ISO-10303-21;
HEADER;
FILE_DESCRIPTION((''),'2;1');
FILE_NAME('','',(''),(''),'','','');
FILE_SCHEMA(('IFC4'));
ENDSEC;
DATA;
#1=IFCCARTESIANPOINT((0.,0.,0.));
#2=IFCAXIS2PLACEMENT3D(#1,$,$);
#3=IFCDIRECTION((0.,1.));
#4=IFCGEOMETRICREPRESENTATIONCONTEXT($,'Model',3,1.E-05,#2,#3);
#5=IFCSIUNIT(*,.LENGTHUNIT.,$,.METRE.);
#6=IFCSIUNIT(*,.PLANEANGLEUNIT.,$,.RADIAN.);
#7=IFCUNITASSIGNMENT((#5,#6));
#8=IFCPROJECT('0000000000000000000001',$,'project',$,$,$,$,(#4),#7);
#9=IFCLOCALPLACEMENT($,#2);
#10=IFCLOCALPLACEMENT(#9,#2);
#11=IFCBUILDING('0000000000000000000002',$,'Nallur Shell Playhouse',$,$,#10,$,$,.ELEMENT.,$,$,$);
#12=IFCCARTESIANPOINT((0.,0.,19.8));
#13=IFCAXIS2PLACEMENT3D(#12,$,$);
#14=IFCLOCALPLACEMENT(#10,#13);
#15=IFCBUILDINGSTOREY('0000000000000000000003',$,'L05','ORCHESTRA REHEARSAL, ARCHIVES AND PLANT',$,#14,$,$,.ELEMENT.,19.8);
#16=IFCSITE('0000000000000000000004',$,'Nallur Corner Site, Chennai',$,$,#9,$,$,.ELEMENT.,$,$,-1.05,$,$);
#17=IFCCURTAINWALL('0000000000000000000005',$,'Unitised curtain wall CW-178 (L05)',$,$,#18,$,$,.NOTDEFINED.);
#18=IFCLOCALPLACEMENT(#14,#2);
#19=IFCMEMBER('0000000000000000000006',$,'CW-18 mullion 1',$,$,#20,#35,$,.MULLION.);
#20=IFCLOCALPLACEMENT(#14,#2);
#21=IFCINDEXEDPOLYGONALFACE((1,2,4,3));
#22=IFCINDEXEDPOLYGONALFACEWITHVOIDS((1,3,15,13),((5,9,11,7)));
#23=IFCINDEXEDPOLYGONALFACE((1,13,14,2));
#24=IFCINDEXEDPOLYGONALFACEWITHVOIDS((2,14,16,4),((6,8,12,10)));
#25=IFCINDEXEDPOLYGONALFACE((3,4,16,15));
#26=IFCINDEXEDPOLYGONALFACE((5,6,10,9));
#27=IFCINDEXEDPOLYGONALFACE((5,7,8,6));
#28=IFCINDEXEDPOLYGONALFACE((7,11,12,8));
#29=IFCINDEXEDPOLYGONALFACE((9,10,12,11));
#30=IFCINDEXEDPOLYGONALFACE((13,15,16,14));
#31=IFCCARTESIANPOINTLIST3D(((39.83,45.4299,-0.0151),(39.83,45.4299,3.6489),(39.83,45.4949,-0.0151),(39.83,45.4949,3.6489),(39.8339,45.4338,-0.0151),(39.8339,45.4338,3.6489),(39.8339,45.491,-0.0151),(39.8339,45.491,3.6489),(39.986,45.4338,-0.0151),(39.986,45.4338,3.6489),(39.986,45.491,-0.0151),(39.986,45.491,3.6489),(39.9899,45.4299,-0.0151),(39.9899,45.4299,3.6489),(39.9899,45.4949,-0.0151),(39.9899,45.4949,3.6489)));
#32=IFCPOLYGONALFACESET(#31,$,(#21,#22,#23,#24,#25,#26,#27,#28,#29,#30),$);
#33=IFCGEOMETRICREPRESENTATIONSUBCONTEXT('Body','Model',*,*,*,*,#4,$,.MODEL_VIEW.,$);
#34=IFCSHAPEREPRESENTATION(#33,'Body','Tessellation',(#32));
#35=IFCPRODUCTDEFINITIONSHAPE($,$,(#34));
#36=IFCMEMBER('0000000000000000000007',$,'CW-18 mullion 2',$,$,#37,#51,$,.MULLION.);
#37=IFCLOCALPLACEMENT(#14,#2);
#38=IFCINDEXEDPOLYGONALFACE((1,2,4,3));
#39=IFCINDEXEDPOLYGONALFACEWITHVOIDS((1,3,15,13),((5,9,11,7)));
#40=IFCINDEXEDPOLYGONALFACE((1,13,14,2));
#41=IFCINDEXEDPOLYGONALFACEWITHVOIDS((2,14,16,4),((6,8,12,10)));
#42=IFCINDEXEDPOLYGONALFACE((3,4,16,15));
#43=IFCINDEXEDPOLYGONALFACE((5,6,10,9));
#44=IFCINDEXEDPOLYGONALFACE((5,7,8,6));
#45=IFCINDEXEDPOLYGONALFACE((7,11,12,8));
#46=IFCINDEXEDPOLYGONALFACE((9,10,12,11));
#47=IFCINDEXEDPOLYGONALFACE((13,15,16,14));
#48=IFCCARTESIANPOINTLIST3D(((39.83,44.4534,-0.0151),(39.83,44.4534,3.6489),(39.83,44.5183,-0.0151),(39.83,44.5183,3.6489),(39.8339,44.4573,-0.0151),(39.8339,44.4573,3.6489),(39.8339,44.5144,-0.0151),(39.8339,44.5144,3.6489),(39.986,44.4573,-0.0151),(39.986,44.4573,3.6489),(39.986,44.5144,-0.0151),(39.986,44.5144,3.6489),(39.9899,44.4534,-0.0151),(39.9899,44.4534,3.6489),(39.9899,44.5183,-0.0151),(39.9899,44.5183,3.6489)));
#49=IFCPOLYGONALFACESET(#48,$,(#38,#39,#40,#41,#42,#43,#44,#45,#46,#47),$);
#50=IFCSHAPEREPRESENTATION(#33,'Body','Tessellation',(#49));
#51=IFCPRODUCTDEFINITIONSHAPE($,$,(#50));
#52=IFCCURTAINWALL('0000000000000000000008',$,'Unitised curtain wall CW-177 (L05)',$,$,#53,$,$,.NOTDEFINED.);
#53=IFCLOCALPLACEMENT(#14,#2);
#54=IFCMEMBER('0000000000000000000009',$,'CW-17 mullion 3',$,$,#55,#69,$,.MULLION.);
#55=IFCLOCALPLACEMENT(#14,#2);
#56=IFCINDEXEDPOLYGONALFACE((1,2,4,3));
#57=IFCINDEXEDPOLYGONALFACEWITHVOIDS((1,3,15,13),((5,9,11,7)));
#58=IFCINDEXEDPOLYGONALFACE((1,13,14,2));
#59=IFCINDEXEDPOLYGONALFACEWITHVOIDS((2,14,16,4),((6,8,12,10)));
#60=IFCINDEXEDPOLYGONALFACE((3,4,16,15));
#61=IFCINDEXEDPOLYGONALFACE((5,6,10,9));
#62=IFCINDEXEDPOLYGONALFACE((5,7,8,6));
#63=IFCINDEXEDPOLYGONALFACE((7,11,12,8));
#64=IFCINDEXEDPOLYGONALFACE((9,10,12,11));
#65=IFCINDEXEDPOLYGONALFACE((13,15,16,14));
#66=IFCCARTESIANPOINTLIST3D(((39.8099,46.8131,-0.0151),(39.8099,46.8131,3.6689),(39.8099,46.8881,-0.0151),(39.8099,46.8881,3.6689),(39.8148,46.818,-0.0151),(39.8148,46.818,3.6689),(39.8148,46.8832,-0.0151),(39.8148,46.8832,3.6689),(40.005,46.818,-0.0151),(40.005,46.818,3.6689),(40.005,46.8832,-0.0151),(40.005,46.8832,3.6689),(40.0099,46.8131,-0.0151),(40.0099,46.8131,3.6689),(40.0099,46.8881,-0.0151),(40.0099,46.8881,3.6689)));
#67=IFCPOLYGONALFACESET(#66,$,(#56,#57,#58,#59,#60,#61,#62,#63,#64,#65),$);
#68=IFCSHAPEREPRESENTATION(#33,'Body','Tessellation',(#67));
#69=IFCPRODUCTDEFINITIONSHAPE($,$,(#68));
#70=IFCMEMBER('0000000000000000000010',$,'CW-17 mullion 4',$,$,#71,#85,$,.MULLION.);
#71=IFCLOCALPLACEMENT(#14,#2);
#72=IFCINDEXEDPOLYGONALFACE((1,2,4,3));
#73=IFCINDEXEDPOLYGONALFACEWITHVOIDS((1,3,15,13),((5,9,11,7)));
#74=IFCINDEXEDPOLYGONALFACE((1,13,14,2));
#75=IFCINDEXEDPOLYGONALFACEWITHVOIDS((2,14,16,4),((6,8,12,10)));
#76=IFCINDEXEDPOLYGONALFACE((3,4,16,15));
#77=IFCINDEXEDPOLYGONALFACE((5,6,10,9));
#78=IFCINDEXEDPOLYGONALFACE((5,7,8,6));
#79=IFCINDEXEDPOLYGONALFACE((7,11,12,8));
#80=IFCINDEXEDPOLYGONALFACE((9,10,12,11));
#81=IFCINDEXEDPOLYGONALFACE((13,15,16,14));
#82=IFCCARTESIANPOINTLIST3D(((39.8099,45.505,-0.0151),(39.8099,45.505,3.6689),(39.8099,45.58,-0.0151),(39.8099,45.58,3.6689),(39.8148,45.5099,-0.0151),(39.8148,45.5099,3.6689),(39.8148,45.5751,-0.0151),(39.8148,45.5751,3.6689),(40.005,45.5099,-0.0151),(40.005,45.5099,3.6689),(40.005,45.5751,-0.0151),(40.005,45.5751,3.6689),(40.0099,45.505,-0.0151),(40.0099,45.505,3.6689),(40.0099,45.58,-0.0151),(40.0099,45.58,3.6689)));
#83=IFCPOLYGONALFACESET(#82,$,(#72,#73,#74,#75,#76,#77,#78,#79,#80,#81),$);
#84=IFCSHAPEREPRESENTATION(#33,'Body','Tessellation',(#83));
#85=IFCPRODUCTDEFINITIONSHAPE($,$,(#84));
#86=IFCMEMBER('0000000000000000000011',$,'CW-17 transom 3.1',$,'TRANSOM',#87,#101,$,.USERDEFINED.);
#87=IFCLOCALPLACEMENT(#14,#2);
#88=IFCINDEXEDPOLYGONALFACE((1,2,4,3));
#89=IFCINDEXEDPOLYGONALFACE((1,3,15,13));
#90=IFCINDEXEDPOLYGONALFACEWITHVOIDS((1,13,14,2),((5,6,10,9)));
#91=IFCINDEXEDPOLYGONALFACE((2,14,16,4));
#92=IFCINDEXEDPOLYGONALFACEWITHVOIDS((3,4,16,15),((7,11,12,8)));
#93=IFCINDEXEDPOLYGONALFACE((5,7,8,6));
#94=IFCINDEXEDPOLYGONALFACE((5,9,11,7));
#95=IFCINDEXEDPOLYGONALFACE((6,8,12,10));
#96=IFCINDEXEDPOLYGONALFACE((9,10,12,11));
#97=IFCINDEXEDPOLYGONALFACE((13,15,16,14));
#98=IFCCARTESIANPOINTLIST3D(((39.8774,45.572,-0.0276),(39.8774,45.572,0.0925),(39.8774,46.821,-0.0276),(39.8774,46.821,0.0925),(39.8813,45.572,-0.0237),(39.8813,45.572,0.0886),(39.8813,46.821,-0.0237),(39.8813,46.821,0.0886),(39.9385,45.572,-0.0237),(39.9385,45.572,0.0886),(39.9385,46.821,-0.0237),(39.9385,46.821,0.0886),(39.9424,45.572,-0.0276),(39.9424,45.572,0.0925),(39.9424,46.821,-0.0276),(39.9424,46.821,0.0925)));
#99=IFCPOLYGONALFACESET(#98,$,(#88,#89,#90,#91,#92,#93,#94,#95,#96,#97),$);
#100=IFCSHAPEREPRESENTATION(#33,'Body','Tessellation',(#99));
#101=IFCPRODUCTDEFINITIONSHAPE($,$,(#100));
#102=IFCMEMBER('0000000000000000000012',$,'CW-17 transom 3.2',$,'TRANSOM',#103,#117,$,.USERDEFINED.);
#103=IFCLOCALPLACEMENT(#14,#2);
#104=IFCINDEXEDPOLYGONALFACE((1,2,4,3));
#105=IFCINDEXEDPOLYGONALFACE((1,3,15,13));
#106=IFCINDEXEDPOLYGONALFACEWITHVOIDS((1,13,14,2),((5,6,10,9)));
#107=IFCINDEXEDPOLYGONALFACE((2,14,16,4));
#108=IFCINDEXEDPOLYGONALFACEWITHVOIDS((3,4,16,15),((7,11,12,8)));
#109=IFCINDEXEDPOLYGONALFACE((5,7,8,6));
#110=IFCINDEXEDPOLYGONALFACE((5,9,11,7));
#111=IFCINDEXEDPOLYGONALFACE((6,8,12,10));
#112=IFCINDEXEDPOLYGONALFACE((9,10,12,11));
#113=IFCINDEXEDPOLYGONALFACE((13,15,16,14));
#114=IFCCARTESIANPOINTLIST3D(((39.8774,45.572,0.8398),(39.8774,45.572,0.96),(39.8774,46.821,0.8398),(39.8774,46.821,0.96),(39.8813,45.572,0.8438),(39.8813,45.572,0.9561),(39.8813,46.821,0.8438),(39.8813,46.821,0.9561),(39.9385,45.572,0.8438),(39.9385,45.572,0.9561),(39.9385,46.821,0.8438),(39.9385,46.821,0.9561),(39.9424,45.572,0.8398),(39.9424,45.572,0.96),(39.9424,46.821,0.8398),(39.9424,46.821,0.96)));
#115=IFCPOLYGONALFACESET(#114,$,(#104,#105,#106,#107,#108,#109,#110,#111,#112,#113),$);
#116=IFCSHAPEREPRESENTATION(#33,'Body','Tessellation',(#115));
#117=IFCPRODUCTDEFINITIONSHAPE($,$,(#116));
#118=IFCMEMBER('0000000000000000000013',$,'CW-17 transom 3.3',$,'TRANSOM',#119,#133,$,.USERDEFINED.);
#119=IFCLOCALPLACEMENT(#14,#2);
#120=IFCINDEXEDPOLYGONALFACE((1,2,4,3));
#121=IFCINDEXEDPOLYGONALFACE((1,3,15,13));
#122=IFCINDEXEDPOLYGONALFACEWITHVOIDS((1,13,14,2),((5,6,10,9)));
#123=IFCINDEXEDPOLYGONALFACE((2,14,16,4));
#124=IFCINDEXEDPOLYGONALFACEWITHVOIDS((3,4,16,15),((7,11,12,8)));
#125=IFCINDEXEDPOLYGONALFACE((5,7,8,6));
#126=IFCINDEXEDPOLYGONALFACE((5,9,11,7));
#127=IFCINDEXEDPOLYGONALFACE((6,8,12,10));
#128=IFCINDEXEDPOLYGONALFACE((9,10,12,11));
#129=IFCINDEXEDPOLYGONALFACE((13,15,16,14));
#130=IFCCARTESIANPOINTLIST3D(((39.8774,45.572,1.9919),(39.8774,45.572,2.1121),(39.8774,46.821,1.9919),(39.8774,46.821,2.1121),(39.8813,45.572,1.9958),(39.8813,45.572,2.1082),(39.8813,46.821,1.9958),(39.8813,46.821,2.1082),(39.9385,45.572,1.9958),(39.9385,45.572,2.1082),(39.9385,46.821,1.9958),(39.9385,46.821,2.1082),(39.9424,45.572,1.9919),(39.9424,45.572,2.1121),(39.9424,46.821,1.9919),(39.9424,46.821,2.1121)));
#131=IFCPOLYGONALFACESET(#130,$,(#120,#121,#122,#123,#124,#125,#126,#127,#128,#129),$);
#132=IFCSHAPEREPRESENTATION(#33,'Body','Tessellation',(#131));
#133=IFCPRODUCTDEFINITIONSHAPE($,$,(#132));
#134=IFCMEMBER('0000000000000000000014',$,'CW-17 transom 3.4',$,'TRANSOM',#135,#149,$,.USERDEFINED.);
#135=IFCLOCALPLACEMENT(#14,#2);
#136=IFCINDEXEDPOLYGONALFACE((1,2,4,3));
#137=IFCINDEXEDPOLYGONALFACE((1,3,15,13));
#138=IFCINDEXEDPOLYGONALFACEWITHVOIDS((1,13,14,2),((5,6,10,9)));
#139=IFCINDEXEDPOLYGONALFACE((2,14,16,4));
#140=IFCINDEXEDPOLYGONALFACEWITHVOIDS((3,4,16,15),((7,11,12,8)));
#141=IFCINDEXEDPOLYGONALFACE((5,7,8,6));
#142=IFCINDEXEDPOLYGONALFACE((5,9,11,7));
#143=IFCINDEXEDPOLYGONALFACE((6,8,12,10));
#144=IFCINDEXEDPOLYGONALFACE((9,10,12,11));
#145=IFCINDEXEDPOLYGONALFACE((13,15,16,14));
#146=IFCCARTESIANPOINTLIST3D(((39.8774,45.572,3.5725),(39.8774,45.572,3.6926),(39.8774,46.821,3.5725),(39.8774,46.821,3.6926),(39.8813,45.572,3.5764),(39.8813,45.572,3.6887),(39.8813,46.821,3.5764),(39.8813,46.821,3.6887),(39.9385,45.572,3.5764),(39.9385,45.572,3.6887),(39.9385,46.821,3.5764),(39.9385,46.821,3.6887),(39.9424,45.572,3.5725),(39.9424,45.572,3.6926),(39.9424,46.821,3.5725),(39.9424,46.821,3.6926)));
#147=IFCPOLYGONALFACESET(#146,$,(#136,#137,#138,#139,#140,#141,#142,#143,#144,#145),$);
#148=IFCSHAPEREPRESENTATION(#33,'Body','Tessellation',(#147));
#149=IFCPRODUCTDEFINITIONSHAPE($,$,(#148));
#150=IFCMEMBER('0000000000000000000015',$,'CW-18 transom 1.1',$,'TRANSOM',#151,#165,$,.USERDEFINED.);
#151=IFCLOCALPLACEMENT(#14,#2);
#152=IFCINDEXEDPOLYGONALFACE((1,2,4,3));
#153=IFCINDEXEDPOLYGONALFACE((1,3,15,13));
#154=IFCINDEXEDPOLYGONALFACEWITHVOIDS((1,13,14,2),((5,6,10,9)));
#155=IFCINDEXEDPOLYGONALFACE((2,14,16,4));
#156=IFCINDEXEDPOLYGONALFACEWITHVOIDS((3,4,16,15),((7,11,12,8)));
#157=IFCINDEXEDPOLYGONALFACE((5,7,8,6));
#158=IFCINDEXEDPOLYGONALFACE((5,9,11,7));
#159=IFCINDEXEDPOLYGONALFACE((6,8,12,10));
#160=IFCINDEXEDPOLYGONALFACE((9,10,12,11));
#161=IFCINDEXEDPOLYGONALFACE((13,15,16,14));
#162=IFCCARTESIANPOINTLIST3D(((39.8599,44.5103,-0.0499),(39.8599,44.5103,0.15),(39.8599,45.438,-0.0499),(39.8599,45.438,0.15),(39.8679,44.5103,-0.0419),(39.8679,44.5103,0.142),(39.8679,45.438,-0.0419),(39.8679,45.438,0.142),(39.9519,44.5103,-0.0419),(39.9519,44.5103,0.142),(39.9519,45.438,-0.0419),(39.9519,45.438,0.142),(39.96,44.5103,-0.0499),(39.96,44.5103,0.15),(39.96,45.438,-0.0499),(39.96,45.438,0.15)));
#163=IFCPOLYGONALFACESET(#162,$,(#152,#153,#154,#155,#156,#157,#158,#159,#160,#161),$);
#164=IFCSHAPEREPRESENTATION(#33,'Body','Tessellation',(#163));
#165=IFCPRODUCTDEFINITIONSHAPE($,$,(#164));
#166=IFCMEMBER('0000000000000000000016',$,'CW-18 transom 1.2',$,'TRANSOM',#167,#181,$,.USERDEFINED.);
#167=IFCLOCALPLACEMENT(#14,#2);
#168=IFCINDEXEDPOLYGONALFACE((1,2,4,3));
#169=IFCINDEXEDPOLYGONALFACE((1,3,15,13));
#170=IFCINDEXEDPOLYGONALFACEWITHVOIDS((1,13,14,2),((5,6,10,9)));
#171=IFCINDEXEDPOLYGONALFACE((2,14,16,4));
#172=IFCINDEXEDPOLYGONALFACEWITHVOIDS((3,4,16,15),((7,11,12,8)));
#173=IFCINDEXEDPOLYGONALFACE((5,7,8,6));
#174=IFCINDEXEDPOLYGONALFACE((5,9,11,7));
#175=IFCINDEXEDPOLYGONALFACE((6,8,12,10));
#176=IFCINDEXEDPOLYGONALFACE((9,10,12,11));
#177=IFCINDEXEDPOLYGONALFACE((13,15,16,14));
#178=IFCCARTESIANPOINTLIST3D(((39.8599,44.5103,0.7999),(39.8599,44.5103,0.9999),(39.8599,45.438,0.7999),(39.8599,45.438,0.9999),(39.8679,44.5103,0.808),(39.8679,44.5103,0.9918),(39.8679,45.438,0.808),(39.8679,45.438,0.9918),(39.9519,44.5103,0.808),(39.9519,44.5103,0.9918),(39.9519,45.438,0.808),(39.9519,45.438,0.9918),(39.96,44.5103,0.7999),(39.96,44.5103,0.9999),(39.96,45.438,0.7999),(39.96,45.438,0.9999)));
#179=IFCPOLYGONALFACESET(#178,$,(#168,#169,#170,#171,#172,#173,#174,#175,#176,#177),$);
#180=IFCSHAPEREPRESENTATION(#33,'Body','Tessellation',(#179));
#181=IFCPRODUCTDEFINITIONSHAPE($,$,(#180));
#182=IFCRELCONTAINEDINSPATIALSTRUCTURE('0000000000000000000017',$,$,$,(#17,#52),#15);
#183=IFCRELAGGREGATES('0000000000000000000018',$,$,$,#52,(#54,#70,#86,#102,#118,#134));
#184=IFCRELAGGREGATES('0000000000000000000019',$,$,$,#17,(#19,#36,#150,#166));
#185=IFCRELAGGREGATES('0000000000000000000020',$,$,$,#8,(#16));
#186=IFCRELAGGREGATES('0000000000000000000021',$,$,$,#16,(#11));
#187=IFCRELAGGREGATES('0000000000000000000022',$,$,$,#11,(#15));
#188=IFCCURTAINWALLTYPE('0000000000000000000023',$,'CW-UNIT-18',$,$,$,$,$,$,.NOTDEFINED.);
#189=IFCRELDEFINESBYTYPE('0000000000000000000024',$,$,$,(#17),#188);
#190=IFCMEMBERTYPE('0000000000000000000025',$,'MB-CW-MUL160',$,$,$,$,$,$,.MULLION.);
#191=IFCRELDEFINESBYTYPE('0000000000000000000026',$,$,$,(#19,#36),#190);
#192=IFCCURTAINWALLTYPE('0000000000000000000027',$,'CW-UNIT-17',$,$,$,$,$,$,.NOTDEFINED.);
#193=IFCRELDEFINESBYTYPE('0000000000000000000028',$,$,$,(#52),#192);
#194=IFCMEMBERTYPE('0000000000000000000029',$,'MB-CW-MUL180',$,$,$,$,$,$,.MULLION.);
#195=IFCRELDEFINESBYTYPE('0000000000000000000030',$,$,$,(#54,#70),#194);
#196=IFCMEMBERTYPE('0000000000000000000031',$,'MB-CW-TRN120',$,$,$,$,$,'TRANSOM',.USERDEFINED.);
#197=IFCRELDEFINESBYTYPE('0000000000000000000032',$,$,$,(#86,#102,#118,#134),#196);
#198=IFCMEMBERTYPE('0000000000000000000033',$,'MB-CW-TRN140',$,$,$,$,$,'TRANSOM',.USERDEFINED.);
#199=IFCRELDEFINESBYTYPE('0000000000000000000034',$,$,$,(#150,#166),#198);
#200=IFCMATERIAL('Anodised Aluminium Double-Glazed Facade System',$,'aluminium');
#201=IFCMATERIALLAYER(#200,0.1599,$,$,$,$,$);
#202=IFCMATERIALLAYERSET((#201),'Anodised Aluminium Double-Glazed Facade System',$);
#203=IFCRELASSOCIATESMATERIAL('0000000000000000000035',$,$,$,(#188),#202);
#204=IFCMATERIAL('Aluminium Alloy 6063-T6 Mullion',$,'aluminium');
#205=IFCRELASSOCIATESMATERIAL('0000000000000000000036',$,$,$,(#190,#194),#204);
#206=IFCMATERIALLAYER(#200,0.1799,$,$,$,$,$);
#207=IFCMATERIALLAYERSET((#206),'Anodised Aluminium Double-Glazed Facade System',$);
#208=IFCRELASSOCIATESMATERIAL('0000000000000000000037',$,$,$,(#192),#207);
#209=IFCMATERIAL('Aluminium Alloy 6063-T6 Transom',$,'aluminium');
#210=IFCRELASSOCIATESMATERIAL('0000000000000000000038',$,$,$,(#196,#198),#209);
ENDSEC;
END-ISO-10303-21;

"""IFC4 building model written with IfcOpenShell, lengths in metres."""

from ifc_helpers import new_model, si_unit, direction, frame, origin, origin_2d, place, context, subcontext, project, spatial, hollow_rectangle, extrude, material, layer, layer_set, material_profile, profile_set, type_object, element, aggregate, save


model = new_model("IFC4")

# Units and contexts
model_context = context("Model", 3, precision=1e-05, world=origin(), true_north=direction((0.0, 1.0)))
body_context = subcontext(model_context, "Body", "Model", "MODEL_VIEW")
ifc_project = project(units=[si_unit("LENGTHUNIT", "METRE"), si_unit("PLANEANGLEUNIT", "RADIAN")], contexts=[model_context])

# Site, building, storey
site_placement = place(None, origin())
site = spatial("IfcSite", under=ifc_project, at=site_placement, Name="Nallur Corner Site, Chennai", CompositionType="ELEMENT", RefElevation=-1.05)
building_placement = place(site_placement, origin())
building = spatial("IfcBuilding", under=site, at=building_placement, Name="Nallur Shell Playhouse", CompositionType="ELEMENT")
storey_placement = place(building_placement, frame((0.0, 0.0, 19.8)))
storey = spatial("IfcBuildingStorey", under=building, at=storey_placement, Name="L05", Description="ORCHESTRA REHEARSAL, ARCHIVES AND PLANT", CompositionType="ELEMENT", Elevation=19.8)

# Curtain walls, members
ifc_material_1 = material(Name="Anodised Aluminium Double-Glazed Facade System", Category="aluminium")
ifc_layer_1 = layer(ifc_material_1, 0.1599)
ifc_layer_set_1 = layer_set([ifc_layer_1], Name="Anodised Aluminium Double-Glazed Facade System")
curtain_wall_type_1 = type_object("IfcCurtainWallType", Name="CW-UNIT-18", PredefinedType="NOTDEFINED", material=ifc_layer_set_1)
curtain_wall_1_placement = place(storey_placement, origin())
curtain_wall_1 = element("IfcCurtainWall", 1, at=curtain_wall_1_placement, inside=storey, type_object=curtain_wall_type_1, Name="Unitised curtain wall CW-178 (L05)", PredefinedType="NOTDEFINED")
ifc_material_2 = material(Name="Aluminium Alloy 6063-T6 Mullion", Category="aluminium")
ifc_material_profile_1 = material_profile(ifc_material_2, hollow_rectangle(XDim=0.0649, YDim=0.1599, WallThickness=0.0039, at=origin_2d()), Name="ALU 65x160x4")
ifc_profile_set_1 = profile_set([ifc_material_profile_1], Name="Aluminium Alloy 6063-T6 Mullion")
member_type_1 = type_object("IfcMemberType", Name="MB-CW-MUL160", PredefinedType="MULLION", material=ifc_profile_set_1)
member_1_placement = place(storey_placement, frame((39.9099, 45.4624, -0.0151), z_axis=(0.0, 0.0, 1.0), x_axis=(0.0, -1.0, 0.0)))
member_1 = element("IfcMember", 2, at=member_1_placement, type_object=member_type_1, Name="CW-18 mullion 1", PredefinedType="MULLION", context=body_context, shape_type="SweptSolid", body=[
    extrude(hollow_rectangle(XDim=0.0649, YDim=0.1599, WallThickness=0.0039, at=origin_2d()), origin(), (0.0, 0.0, 1.0), 3.6641),
])
member_2_placement = place(storey_placement, frame((39.9099, 44.4858, -0.0151), z_axis=(0.0, 0.0, 1.0), x_axis=(0.0, -1.0, 0.0)))
member_2 = element("IfcMember", 3, at=member_2_placement, type_object=member_type_1, Name="CW-18 mullion 2", PredefinedType="MULLION", context=body_context, shape_type="SweptSolid", body=[
    extrude(hollow_rectangle(XDim=0.0649, YDim=0.1599, WallThickness=0.0039, at=origin_2d()), origin(), (0.0, 0.0, 1.0), 3.6641),
])
ifc_layer_2 = layer(ifc_material_1, 0.1799)
ifc_layer_set_2 = layer_set([ifc_layer_2], Name="Anodised Aluminium Double-Glazed Facade System")
curtain_wall_type_2 = type_object("IfcCurtainWallType", Name="CW-UNIT-17", PredefinedType="NOTDEFINED", material=ifc_layer_set_2)
curtain_wall_2_placement = place(storey_placement, origin())
curtain_wall_2 = element("IfcCurtainWall", 4, at=curtain_wall_2_placement, inside=storey, type_object=curtain_wall_type_2, Name="Unitised curtain wall CW-177 (L05)", PredefinedType="NOTDEFINED")
ifc_material_profile_2 = material_profile(ifc_material_2, hollow_rectangle(XDim=0.075, YDim=0.2, WallThickness=0.0049, at=origin_2d()), Name="ALU 75x200x5")
ifc_profile_set_2 = profile_set([ifc_material_profile_2], Name="Aluminium Alloy 6063-T6 Mullion")
member_type_2 = type_object("IfcMemberType", Name="MB-CW-MUL180", PredefinedType="MULLION", material=ifc_profile_set_2)
member_3_placement = place(storey_placement, frame((39.9099, 46.8506, -0.0151), z_axis=(0.0, 0.0, 1.0), x_axis=(0.0, -1.0, 0.0)))
member_3 = element("IfcMember", 5, at=member_3_placement, type_object=member_type_2, Name="CW-17 mullion 3", PredefinedType="MULLION", context=body_context, shape_type="SweptSolid", body=[
    extrude(hollow_rectangle(XDim=0.075, YDim=0.2, WallThickness=0.0049, at=origin_2d()), origin(), (0.0, 0.0, 1.0), 3.6841),
])
member_4_placement = place(storey_placement, frame((39.9099, 45.5425, -0.0151), z_axis=(0.0, 0.0, 1.0), x_axis=(0.0, -1.0, 0.0)))
member_4 = element("IfcMember", 6, at=member_4_placement, type_object=member_type_2, Name="CW-17 mullion 4", PredefinedType="MULLION", context=body_context, shape_type="SweptSolid", body=[
    extrude(hollow_rectangle(XDim=0.075, YDim=0.2, WallThickness=0.0049, at=origin_2d()), origin(), (0.0, 0.0, 1.0), 3.6841),
])
ifc_material_3 = material(Name="Aluminium Alloy 6063-T6 Transom", Category="aluminium")
ifc_material_profile_3 = material_profile(ifc_material_3, hollow_rectangle(XDim=0.0649, YDim=0.1201, WallThickness=0.0039, at=origin_2d()), Name="ALU 65x120x4")
ifc_profile_set_3 = profile_set([ifc_material_profile_3], Name="Aluminium Alloy 6063-T6 Transom")
member_type_3 = type_object("IfcMemberType", Name="MB-CW-TRN120", ElementType="TRANSOM", PredefinedType="USERDEFINED", material=ifc_profile_set_3)
member_5_placement = place(storey_placement, frame((39.9099, 46.821, 0.0325), z_axis=(0.0, -1.0, 0.0), x_axis=(1.0, 0.0, 0.0)))
member_5 = element("IfcMember", 7, at=member_5_placement, type_object=member_type_3, Name="CW-17 transom 3.1", ObjectType="TRANSOM", PredefinedType="USERDEFINED", context=body_context, shape_type="SweptSolid", body=[
    extrude(hollow_rectangle(XDim=0.0649, YDim=0.1201, WallThickness=0.0039, at=origin_2d()), origin(), (0.0, 0.0, 1.0), 1.249),
])
member_6_placement = place(storey_placement, frame((39.9099, 46.821, 0.8999), z_axis=(0.0, -1.0, 0.0), x_axis=(1.0, 0.0, 0.0)))
member_6 = element("IfcMember", 8, at=member_6_placement, type_object=member_type_3, Name="CW-17 transom 3.2", ObjectType="TRANSOM", PredefinedType="USERDEFINED", context=body_context, shape_type="SweptSolid", body=[
    extrude(hollow_rectangle(XDim=0.0649, YDim=0.1201, WallThickness=0.0039, at=origin_2d()), origin(), (0.0, 0.0, 1.0), 1.249),
])
member_7_placement = place(storey_placement, frame((39.9099, 46.821, 2.052), z_axis=(0.0, -1.0, 0.0), x_axis=(1.0, 0.0, 0.0)))
member_7 = element("IfcMember", 9, at=member_7_placement, type_object=member_type_3, Name="CW-17 transom 3.3", ObjectType="TRANSOM", PredefinedType="USERDEFINED", context=body_context, shape_type="SweptSolid", body=[
    extrude(hollow_rectangle(XDim=0.0649, YDim=0.1201, WallThickness=0.0039, at=origin_2d()), origin(), (0.0, 0.0, 1.0), 1.249),
])
member_8_placement = place(storey_placement, frame((39.9099, 46.821, 3.6326), z_axis=(0.0, -1.0, 0.0), x_axis=(1.0, 0.0, 0.0)))
member_8 = element("IfcMember", 10, at=member_8_placement, type_object=member_type_3, Name="CW-17 transom 3.4", ObjectType="TRANSOM", PredefinedType="USERDEFINED", context=body_context, shape_type="SweptSolid", body=[
    extrude(hollow_rectangle(XDim=0.0649, YDim=0.1201, WallThickness=0.0039, at=origin_2d()), origin(), (0.0, 0.0, 1.0), 1.249),
])

# Members
ifc_material_profile_4 = material_profile(ifc_material_3, hollow_rectangle(XDim=0.1001, YDim=0.2, WallThickness=0.0081, at=origin_2d()), Name="RHS 200x100x8")
ifc_profile_set_4 = profile_set([ifc_material_profile_4], Name="Aluminium Alloy 6063-T6 Transom")
member_type_4 = type_object("IfcMemberType", Name="MB-CW-TRN140", ElementType="TRANSOM", PredefinedType="USERDEFINED", material=ifc_profile_set_4)
member_9_placement = place(storey_placement, frame((39.9099, 45.438, 0.05), z_axis=(0.0, -1.0, 0.0), x_axis=(1.0, 0.0, 0.0)))
member_9 = element("IfcMember", 11, at=member_9_placement, type_object=member_type_4, Name="CW-18 transom 1.1", ObjectType="TRANSOM", PredefinedType="USERDEFINED", context=body_context, shape_type="SweptSolid", body=[
    extrude(hollow_rectangle(XDim=0.1001, YDim=0.2, WallThickness=0.0081, at=origin_2d()), origin(), (0.0, 0.0, 1.0), 0.9277),
])
member_10_placement = place(storey_placement, frame((39.9099, 45.438, 0.8999), z_axis=(0.0, -1.0, 0.0), x_axis=(1.0, 0.0, 0.0)))
member_10 = element("IfcMember", 12, at=member_10_placement, type_object=member_type_4, Name="CW-18 transom 1.2", ObjectType="TRANSOM", PredefinedType="USERDEFINED", context=body_context, shape_type="SweptSolid", body=[
    extrude(hollow_rectangle(XDim=0.1001, YDim=0.2, WallThickness=0.0081, at=origin_2d()), origin(), (0.0, 0.0, 1.0), 0.9277),
])

aggregate(curtain_wall_2, [member_3, member_4, member_5, member_6, member_7, member_8])
aggregate(curtain_wall_1, [member_1, member_2, member_9, member_10])

save(model, "model.ifc")
